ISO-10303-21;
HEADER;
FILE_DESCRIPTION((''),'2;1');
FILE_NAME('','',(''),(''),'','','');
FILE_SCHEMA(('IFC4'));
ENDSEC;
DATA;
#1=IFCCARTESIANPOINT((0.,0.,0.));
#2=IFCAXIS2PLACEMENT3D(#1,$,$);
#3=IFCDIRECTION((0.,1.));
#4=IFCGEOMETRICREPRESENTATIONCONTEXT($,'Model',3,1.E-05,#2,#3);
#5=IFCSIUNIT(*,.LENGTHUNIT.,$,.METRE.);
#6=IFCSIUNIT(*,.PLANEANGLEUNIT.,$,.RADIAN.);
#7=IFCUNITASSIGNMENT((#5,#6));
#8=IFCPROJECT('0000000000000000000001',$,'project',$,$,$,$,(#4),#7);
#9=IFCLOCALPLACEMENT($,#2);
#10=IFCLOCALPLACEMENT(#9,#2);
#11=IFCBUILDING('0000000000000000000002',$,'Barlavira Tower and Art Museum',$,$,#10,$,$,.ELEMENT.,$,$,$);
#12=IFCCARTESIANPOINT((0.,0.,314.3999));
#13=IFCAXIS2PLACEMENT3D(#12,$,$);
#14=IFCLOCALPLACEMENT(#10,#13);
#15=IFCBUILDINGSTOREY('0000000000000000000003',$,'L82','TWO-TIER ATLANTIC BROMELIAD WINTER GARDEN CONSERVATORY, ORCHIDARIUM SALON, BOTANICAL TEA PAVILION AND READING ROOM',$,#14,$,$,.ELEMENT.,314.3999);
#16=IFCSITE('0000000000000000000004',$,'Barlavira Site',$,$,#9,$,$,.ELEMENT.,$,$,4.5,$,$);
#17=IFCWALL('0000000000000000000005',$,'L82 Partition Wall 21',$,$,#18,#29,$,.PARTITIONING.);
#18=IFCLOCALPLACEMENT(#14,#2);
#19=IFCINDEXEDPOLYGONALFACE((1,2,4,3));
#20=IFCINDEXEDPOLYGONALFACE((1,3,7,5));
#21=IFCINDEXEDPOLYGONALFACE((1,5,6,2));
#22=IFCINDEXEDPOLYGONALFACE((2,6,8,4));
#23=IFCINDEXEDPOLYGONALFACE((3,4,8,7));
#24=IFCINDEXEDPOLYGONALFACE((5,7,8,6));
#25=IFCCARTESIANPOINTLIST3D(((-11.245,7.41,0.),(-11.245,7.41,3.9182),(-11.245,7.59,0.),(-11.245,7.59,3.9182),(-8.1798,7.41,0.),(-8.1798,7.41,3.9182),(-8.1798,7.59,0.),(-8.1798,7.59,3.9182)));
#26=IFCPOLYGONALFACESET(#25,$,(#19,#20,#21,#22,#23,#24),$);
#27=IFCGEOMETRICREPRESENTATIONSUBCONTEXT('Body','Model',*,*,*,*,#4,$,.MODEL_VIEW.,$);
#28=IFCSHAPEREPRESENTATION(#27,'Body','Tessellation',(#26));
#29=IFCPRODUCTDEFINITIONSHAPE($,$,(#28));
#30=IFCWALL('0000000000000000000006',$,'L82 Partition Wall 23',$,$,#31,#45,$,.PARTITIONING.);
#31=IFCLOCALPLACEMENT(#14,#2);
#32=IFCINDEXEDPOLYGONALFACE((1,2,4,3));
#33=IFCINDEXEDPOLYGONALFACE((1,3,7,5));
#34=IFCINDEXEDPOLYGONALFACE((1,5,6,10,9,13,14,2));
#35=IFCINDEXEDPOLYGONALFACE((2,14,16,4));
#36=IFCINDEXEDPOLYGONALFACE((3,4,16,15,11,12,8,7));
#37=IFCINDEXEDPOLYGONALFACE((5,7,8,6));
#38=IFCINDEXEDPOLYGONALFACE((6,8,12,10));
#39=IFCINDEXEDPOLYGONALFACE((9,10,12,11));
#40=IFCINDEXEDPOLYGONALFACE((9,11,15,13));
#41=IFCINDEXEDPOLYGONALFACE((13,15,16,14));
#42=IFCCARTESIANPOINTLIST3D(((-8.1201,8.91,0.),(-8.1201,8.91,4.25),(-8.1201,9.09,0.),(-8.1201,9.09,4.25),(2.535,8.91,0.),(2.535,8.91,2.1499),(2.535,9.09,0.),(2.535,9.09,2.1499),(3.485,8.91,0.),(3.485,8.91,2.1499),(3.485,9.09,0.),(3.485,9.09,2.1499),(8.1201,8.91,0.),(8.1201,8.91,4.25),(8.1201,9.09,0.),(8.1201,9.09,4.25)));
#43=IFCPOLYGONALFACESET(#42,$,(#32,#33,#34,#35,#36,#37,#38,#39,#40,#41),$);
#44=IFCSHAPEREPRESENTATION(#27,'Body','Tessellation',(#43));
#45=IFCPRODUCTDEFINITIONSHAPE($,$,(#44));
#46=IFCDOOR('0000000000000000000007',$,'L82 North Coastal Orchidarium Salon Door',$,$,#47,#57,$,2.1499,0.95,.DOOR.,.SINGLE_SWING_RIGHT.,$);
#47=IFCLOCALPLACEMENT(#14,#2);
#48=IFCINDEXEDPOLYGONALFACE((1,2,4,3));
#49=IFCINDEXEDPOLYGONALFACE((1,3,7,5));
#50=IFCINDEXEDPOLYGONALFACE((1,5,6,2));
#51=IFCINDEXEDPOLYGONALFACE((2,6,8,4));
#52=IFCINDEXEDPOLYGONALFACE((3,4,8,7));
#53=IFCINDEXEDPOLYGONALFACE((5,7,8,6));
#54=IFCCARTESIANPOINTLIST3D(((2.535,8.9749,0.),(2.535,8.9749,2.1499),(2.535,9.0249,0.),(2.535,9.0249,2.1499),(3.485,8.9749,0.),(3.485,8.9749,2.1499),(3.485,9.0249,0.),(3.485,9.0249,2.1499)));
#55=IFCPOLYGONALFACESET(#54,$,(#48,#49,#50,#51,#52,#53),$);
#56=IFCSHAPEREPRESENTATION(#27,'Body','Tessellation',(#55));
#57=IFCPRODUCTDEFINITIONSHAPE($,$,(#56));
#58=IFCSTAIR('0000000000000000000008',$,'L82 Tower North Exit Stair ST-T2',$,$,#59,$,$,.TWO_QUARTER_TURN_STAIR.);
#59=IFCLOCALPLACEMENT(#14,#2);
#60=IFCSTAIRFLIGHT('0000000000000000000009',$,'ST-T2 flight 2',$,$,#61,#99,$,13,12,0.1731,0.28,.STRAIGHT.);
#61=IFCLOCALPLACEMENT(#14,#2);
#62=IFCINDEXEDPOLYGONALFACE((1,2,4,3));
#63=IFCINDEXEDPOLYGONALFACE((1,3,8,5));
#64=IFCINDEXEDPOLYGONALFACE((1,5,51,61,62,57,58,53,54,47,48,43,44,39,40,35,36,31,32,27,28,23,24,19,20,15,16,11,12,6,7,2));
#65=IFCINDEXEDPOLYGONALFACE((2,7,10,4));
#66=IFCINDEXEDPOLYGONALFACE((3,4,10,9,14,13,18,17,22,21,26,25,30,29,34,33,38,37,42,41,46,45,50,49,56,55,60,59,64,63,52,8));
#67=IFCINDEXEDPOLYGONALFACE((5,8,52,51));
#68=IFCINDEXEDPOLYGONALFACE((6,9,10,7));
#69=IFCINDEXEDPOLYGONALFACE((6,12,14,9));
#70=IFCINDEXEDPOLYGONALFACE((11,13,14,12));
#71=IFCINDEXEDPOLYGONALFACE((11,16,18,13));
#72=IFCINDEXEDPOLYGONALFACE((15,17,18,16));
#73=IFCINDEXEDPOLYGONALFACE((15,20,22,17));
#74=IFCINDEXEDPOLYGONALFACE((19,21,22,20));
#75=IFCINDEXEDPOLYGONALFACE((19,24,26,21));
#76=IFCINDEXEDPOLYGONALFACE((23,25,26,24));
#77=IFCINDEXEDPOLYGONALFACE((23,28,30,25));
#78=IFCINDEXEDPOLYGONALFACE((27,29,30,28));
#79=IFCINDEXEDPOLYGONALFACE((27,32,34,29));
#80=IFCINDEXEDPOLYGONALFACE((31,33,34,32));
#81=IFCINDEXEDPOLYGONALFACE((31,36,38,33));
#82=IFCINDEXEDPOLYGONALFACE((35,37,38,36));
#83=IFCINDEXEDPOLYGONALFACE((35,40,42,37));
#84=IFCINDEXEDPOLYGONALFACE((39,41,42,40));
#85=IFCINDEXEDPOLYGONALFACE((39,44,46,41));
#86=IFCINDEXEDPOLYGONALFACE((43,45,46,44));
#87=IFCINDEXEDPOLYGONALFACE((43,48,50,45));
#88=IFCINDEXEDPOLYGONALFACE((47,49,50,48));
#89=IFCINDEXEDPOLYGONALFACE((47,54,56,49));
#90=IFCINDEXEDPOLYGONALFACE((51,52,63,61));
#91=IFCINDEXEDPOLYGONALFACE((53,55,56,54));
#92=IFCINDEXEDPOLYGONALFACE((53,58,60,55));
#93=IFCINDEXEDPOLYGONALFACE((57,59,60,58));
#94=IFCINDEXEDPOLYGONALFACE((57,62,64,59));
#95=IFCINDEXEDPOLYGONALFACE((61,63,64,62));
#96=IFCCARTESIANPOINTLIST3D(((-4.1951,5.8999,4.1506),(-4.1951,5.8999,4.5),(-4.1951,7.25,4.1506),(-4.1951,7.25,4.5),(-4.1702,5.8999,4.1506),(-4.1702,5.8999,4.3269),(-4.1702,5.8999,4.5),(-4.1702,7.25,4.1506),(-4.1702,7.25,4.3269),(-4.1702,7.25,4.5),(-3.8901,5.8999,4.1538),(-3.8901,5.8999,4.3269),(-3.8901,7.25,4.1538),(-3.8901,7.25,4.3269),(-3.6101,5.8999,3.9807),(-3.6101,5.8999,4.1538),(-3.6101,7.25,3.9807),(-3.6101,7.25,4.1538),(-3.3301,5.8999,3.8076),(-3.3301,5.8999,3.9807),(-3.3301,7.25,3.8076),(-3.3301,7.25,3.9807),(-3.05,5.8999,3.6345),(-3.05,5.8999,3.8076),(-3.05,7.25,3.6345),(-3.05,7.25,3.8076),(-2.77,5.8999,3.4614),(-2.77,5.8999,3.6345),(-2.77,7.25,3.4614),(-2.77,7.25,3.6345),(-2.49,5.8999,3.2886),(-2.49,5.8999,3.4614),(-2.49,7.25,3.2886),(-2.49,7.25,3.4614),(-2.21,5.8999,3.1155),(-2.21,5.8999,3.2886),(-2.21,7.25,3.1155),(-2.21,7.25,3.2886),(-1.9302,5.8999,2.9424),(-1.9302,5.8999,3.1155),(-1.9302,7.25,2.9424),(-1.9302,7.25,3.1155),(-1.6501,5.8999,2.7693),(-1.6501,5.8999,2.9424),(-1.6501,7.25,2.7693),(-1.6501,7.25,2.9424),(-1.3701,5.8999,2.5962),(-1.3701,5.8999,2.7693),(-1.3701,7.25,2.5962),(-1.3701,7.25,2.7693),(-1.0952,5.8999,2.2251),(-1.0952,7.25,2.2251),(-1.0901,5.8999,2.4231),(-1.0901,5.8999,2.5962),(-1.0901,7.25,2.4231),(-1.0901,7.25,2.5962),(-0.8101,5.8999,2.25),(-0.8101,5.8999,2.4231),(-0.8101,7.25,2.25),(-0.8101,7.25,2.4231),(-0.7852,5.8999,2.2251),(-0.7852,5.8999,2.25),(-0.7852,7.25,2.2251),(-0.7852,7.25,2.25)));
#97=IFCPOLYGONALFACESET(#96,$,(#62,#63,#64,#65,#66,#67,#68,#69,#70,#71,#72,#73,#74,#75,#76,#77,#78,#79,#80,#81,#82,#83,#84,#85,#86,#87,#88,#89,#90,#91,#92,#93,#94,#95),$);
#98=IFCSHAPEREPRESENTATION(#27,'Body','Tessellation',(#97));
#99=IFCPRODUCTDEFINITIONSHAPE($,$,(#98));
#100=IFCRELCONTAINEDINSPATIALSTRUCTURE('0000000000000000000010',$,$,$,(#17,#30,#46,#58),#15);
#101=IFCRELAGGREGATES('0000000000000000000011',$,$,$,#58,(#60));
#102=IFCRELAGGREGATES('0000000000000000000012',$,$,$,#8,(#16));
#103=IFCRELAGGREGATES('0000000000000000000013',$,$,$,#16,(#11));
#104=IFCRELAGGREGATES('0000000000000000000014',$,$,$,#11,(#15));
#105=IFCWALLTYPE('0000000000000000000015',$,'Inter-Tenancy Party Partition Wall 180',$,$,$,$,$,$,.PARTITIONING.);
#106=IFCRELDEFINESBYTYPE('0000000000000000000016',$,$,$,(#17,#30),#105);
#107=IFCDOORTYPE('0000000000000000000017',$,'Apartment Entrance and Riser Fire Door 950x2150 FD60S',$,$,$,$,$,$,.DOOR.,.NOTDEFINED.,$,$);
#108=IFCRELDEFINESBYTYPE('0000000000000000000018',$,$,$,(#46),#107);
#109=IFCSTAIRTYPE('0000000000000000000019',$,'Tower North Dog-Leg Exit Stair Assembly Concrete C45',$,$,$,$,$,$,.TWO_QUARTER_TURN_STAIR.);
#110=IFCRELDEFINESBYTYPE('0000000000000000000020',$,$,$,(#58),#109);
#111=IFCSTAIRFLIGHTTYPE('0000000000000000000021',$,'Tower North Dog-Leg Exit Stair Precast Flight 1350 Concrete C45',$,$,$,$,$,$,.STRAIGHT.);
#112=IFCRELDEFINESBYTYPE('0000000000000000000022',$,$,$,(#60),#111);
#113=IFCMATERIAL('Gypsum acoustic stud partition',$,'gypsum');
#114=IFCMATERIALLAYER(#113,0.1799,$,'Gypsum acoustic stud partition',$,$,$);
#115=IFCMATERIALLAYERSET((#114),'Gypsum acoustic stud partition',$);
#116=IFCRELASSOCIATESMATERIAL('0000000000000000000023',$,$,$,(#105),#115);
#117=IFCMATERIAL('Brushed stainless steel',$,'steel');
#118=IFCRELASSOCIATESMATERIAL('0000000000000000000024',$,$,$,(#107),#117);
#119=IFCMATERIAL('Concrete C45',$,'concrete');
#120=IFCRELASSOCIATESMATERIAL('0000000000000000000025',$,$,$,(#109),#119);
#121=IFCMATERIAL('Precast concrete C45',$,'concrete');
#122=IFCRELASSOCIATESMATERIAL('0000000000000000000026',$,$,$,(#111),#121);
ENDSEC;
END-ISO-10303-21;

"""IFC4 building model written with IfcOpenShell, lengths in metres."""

from ifc_helpers import new_model, si_unit, direction, frame, frame_2d, origin, place, context, subcontext, project, spatial, polyline, rectangle, outline, extrude, material, layer, layer_set, type_object, element, fill, aggregate, save


model = new_model("IFC4")

# Units and contexts
model_context = context("Model", 3, precision=1e-05, world=origin(), true_north=direction((0.0, 1.0)))
body_context = subcontext(model_context, "Body", "Model", "MODEL_VIEW")
ifc_project = project(units=[si_unit("LENGTHUNIT", "METRE"), si_unit("PLANEANGLEUNIT", "RADIAN")], contexts=[model_context])

# Site, building, storey
site_placement = place(None, origin())
site = spatial("IfcSite", under=ifc_project, at=site_placement, Name="Barlavira Site", CompositionType="ELEMENT", RefElevation=4.5)
building_placement = place(site_placement, origin())
building = spatial("IfcBuilding", under=site, at=building_placement, Name="Barlavira Tower and Art Museum", CompositionType="ELEMENT")
storey_placement = place(building_placement, frame((0.0, 0.0, 314.3999)))
storey = spatial("IfcBuildingStorey", under=building, at=storey_placement, Name="L82", Description="TWO-TIER ATLANTIC BROMELIAD WINTER GARDEN CONSERVATORY, ORCHIDARIUM SALON, BOTANICAL TEA PAVILION AND READING ROOM", CompositionType="ELEMENT", Elevation=314.3999)

# Shared definitions
ifc_material_1 = material(Name="Brushed stainless steel", Category="steel")

# Wall
ifc_material_2 = material(Name="Gypsum acoustic stud partition", Category="gypsum")
ifc_layer_1 = layer(ifc_material_2, 0.1799, Name="Gypsum acoustic stud partition")
ifc_layer_set_1 = layer_set([ifc_layer_1], Name="Gypsum acoustic stud partition")
wall_type_1 = type_object("IfcWallType", Name="Inter-Tenancy Party Partition Wall 180", PredefinedType="PARTITIONING", material=ifc_layer_set_1)
wall_1_placement = place(storey_placement, frame((-11.2451, 7.5, 0.0), z_axis=(0.0, 0.0, 1.0), x_axis=(1.0, 0.0, 0.0)))
element("IfcWall", 1, at=wall_1_placement, inside=storey, type_object=wall_type_1, Name="L82 Partition Wall 21", PredefinedType="PARTITIONING", context=body_context, shape_type="SweptSolid", body=[
    extrude(rectangle(XDim=3.0652, YDim=0.1799, at=frame_2d((1.5327, 0.0))), origin(), (0.0, 0.0, 1.0), 3.9182),
])

# Wall, opening, door
wall_2_placement = place(storey_placement, frame((-8.1201, 9.0, 0.0), z_axis=(0.0, 0.0, 1.0), x_axis=(1.0, 0.0, 0.0)))
wall_2 = element("IfcWall", 2, at=wall_2_placement, inside=storey, type_object=wall_type_1, Name="L82 Partition Wall 23", PredefinedType="PARTITIONING", context=body_context, shape_type="SweptSolid", body=[
    extrude(rectangle(XDim=16.2402, YDim=0.1799, at=frame_2d((8.1201, 0.0))), origin(), (0.0, 0.0, 1.0), 4.25),
])
opening_1_placement = place(wall_2_placement, frame((10.655, 0.0, 0.0)))
opening_1 = element("IfcOpeningElement", 3, at=opening_1_placement, cuts=wall_2, PredefinedType="OPENING", context=body_context, shape_type="SweptSolid", body=[
    extrude(rectangle(XDim=0.95, YDim=2.1499, at=frame_2d((0.4751, 1.075))), frame((0.0, 0.1001, 0.0), z_axis=(0.0, -1.0, 0.0), x_axis=(1.0, 0.0, 0.0)), (0.0, 0.0, 1.0), 0.2),
])
door_type_1 = type_object("IfcDoorType", Name="Apartment Entrance and Riser Fire Door 950x2150 FD60S", OperationType="NOTDEFINED", PredefinedType="DOOR", material=ifc_material_1)
door_1_placement = place(opening_1_placement, origin())
door_1 = element("IfcDoor", 4, at=door_1_placement, inside=storey, type_object=door_type_1, Name="L82 North Coastal Orchidarium Salon Door", OperationType="SINGLE_SWING_RIGHT", OverallHeight=2.1499, OverallWidth=0.95, PredefinedType="DOOR", context=body_context, shape_type="SweptSolid", body=[
    extrude(rectangle(XDim=0.95, YDim=2.1499, at=frame_2d((0.4751, 1.075))), frame((0.0, 0.0249, 0.0), z_axis=(0.0, -1.0, 0.0), x_axis=(1.0, 0.0, 0.0)), (0.0, 0.0, 1.0), 0.05),
])
fill(opening_1, door_1)

# Stair, stair flight
ifc_material_3 = material(Name="Concrete C45", Category="concrete")
stair_type = type_object("IfcStairType", Name="Tower North Dog-Leg Exit Stair Assembly Concrete C45", PredefinedType="TWO_QUARTER_TURN_STAIR", material=ifc_material_3)
stair_placement = place(storey_placement, origin())
stair = element("IfcStair", 5, at=stair_placement, inside=storey, type_object=stair_type, Name="L82 Tower North Exit Stair ST-T2", PredefinedType="TWO_QUARTER_TURN_STAIR")
ifc_material_4 = material(Name="Precast concrete C45", Category="concrete")
stair_flight_type = type_object("IfcStairFlightType", Name="Tower North Dog-Leg Exit Stair Precast Flight 1350 Concrete C45", PredefinedType="STRAIGHT", material=ifc_material_4)
stair_flight_placement = place(storey_placement, frame((-0.8101, 6.575, 2.25), z_axis=(0.0, 0.0, 1.0), x_axis=(-1.0, 0.0, 0.0)))
stair_flight = element("IfcStairFlight", 6, at=stair_flight_placement, type_object=stair_flight_type, Name="ST-T2 flight 2", NumberOfRisers=13, NumberOfTreads=12, PredefinedType="STRAIGHT", RiserHeight=0.1731, TreadLength=0.28, context=body_context, shape_type="SweptSolid", body=[
    extrude(outline(polyline([(-0.0249, 0.0), (0.0, 0.0), (0.0, 0.1731), (0.28, 0.1731), (0.28, 0.3462), (0.5601, 0.3462), (0.5601, 0.5193), (0.8401, 0.5193), (0.8401, 0.6924), (1.1201, 0.6924), (1.1201, 0.8655), (1.3999, 0.8655), (1.3999, 1.0386), (1.6799, 1.0386), (1.6799, 1.2114), (1.96, 1.2114), (1.96, 1.3845), (2.24, 1.3845), (2.24, 1.5576), (2.52, 1.5576), (2.52, 1.7307), (2.8, 1.7307), (2.8, 1.9038), (3.0801, 1.9038), (3.0801, 2.0769), (3.3601, 2.0769), (3.3601, 2.25), (3.385, 2.25), (3.385, 1.9006), (3.3601, 1.9006), (0.2852, -0.0249), (-0.0249, -0.0249), (-0.0249, 0.0)])), frame((0.0, 0.675, 0.0), z_axis=(0.0, -1.0, 0.0), x_axis=(1.0, 0.0, 0.0)), (0.0, 0.0, 1.0), 1.3501),
])
aggregate(stair, [stair_flight])

save(model, "model.ifc")
